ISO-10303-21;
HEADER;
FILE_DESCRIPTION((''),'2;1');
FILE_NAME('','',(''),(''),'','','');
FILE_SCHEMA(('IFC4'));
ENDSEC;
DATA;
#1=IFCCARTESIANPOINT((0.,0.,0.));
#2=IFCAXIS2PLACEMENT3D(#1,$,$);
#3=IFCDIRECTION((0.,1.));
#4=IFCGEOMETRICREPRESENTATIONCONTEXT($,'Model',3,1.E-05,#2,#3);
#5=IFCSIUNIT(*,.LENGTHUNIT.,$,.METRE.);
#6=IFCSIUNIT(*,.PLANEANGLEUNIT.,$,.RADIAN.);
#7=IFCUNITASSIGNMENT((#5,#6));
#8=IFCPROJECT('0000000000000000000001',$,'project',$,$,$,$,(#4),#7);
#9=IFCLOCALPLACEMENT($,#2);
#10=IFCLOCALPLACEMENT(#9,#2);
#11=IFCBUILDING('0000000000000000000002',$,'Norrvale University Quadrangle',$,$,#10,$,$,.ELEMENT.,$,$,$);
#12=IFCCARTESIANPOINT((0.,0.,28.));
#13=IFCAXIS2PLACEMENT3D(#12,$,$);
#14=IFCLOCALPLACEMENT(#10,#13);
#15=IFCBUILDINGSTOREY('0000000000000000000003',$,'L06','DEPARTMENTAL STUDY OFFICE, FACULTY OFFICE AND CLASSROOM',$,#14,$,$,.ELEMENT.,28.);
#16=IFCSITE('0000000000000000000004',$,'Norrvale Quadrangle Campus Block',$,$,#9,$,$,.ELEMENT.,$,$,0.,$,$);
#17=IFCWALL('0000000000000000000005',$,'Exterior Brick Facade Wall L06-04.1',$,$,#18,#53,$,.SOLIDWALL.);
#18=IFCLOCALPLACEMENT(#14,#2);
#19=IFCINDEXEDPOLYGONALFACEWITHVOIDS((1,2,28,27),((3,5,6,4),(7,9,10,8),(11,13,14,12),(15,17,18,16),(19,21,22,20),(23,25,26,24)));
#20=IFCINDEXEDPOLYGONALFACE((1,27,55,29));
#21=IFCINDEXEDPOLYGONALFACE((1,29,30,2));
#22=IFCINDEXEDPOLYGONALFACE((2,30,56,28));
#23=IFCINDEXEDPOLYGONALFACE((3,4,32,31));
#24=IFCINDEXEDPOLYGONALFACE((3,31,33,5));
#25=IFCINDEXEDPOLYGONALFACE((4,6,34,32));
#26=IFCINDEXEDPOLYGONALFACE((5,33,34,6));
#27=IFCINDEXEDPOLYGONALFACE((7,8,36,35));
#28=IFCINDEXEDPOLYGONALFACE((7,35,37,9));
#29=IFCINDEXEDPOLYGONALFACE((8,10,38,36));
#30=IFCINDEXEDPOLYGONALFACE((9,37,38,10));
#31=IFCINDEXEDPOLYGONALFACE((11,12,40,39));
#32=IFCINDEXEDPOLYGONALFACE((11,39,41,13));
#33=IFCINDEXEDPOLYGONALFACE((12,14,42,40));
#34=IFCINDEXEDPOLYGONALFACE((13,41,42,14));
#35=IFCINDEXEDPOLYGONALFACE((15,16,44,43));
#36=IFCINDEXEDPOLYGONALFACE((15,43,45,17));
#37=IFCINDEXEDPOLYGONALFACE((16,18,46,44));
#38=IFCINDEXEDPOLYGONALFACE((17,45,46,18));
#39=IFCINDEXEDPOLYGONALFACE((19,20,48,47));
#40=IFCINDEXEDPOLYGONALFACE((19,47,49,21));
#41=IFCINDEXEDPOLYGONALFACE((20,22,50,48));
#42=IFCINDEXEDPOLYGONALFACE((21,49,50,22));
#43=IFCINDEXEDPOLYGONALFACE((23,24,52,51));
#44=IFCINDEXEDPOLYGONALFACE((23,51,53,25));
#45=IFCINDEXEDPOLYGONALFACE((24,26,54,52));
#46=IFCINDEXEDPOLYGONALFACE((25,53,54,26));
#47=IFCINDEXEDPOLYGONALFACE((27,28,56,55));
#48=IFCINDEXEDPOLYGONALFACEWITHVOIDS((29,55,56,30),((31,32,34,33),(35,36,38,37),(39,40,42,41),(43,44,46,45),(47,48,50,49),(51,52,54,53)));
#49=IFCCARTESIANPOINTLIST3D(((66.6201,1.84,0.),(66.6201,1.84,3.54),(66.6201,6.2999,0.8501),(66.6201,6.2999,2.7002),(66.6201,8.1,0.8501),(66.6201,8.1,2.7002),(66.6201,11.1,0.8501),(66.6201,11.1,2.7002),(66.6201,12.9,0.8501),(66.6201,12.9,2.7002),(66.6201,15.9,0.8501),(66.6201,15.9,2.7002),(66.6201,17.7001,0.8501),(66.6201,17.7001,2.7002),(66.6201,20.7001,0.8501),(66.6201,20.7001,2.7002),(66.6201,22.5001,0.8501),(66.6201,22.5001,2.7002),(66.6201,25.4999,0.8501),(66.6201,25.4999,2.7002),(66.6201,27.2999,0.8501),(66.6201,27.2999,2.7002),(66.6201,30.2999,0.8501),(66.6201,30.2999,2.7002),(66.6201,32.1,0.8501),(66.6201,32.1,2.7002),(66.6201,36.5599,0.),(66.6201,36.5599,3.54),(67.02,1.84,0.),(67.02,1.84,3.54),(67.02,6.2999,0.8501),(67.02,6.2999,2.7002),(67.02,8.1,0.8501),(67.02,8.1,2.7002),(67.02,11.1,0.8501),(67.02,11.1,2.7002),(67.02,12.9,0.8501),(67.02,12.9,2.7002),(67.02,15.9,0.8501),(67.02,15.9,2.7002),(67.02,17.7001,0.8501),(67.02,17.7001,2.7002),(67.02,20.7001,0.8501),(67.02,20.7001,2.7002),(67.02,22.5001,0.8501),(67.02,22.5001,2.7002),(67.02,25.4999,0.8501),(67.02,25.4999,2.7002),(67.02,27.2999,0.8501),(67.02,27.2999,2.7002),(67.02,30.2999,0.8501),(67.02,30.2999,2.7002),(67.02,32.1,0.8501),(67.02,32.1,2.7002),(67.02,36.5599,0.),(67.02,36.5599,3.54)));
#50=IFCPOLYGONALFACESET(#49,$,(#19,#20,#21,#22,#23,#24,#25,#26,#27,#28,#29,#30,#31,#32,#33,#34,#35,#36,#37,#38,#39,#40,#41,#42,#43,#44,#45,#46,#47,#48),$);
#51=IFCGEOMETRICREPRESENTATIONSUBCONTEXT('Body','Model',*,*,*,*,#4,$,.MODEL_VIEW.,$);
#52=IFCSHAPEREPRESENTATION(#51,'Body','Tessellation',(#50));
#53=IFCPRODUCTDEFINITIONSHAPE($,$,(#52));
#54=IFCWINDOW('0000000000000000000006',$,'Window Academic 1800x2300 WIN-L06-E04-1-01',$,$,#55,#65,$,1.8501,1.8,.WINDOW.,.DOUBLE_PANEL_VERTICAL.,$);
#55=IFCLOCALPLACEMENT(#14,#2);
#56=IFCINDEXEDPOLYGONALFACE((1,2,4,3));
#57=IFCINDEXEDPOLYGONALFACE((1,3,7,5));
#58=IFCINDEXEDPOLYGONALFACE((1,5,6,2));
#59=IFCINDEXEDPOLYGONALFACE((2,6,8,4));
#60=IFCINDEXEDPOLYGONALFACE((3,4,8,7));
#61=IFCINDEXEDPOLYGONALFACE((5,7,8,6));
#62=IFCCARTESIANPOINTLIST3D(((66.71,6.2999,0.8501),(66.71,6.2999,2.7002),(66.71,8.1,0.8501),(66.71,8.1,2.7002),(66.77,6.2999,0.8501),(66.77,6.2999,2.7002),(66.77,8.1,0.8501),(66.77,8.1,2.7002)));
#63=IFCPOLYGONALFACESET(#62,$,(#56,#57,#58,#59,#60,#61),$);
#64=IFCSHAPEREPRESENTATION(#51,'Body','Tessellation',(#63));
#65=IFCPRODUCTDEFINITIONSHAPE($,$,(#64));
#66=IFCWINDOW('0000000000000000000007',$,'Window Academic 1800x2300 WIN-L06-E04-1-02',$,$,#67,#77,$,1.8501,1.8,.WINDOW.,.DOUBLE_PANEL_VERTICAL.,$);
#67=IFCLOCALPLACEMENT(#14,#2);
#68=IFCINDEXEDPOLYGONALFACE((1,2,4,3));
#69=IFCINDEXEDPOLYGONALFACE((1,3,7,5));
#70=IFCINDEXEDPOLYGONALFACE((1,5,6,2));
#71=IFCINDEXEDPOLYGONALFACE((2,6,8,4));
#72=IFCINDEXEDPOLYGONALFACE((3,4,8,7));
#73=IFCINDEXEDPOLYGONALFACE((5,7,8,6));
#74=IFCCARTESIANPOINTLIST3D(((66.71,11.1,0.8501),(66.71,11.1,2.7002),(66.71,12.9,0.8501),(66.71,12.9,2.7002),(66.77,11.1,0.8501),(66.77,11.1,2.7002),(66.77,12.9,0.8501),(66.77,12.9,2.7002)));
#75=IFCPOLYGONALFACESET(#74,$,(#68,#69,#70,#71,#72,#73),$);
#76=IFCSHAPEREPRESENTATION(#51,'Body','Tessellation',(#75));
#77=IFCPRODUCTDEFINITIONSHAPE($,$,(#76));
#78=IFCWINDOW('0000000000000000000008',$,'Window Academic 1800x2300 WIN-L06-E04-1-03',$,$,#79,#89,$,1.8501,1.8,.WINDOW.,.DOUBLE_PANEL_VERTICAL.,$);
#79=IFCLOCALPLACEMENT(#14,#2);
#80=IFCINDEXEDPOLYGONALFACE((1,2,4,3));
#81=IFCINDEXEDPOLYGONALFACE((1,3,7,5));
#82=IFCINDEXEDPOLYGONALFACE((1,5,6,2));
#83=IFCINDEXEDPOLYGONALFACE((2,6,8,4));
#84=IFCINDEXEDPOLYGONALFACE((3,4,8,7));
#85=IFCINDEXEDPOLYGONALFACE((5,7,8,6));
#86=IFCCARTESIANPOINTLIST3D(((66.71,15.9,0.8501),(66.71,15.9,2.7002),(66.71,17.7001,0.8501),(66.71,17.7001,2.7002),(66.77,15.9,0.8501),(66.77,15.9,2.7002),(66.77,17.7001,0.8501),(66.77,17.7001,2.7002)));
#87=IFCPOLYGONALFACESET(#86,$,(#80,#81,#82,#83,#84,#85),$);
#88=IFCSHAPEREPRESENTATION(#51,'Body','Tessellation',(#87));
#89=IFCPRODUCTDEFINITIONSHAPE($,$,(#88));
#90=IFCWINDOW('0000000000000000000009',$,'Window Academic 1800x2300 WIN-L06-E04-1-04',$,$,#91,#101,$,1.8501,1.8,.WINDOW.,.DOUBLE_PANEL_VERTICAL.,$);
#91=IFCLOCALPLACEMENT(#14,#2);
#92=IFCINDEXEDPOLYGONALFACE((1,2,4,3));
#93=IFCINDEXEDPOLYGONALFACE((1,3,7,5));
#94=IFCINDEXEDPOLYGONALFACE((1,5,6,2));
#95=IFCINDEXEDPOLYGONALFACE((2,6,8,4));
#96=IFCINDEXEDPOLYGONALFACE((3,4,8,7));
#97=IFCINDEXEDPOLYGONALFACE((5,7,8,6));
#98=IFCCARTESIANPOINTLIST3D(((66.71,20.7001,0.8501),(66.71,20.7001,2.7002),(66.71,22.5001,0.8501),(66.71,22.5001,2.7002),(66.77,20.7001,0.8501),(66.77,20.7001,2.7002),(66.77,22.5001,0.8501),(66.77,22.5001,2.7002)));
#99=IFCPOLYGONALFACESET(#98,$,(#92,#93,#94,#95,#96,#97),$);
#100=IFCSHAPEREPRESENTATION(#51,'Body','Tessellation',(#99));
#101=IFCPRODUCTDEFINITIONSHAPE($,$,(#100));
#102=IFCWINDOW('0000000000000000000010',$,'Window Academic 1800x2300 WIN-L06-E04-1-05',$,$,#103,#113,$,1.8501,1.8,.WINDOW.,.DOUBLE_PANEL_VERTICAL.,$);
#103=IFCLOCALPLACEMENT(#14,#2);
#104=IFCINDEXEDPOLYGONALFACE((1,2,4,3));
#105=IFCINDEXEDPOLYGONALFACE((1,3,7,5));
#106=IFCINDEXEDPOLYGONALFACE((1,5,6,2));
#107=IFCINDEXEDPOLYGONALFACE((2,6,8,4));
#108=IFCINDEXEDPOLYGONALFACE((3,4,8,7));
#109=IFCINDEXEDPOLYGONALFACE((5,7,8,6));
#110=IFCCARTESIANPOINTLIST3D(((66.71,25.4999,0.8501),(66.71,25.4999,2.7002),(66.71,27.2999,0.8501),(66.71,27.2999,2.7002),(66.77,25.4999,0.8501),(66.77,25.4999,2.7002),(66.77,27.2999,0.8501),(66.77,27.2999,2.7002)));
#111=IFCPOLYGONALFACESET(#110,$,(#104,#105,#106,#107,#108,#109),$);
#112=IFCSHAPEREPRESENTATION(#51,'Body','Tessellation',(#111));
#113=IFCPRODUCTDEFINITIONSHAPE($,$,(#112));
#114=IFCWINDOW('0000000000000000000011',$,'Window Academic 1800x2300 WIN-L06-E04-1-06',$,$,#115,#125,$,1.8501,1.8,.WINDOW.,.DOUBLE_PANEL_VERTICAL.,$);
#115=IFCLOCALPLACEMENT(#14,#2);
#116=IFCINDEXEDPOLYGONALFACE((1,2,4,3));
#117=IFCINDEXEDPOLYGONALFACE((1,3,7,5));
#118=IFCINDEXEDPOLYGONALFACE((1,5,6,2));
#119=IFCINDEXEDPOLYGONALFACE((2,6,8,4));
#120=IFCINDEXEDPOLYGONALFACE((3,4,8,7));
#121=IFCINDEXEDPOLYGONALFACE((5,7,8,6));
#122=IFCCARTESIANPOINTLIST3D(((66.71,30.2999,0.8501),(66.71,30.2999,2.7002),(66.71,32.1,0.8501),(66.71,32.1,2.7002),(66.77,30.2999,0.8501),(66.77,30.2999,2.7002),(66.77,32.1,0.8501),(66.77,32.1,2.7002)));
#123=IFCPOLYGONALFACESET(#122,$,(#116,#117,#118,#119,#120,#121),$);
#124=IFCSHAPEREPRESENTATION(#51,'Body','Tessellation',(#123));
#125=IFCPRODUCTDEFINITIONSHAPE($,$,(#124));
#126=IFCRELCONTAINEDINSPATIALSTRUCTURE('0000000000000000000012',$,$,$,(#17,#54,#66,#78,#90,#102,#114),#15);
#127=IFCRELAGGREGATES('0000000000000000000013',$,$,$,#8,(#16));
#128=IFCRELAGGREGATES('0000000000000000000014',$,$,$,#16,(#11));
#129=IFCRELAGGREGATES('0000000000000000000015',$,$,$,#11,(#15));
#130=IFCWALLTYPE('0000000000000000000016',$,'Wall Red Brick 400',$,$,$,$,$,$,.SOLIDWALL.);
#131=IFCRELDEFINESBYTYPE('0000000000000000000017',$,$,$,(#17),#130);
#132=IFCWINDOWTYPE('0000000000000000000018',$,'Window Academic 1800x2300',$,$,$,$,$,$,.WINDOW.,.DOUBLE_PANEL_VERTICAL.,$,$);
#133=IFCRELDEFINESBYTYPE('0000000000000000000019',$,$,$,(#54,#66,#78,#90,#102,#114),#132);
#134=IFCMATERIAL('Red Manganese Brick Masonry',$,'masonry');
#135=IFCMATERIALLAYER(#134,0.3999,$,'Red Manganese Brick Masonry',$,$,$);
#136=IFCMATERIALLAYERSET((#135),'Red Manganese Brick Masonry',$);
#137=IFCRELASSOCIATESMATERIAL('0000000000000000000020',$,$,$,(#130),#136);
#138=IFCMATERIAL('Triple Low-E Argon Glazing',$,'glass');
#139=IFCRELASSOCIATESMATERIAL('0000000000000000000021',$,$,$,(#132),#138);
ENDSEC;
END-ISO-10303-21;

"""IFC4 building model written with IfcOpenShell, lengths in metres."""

from ifc_helpers import new_model, si_unit, direction, frame, frame_2d, origin, place, context, subcontext, project, spatial, rectangle, extrude, material, layer, layer_set, type_object, element, fill, save


model = new_model("IFC4")

# Units and contexts
model_context = context("Model", 3, precision=1e-05, world=origin(), true_north=direction((0.0, 1.0)))
body_context = subcontext(model_context, "Body", "Model", "MODEL_VIEW")
ifc_project = project(units=[si_unit("LENGTHUNIT", "METRE"), si_unit("PLANEANGLEUNIT", "RADIAN")], contexts=[model_context])

# Site, building, storey
site_placement = place(None, origin())
site = spatial("IfcSite", under=ifc_project, at=site_placement, Name="Norrvale Quadrangle Campus Block", CompositionType="ELEMENT", RefElevation=0.0)
building_placement = place(site_placement, origin())
building = spatial("IfcBuilding", under=site, at=building_placement, Name="Norrvale University Quadrangle", CompositionType="ELEMENT")
storey_placement = place(building_placement, frame((0.0, 0.0, 28.0)))
storey = spatial("IfcBuildingStorey", under=building, at=storey_placement, Name="L06", Description="DEPARTMENTAL STUDY OFFICE, FACULTY OFFICE AND CLASSROOM", CompositionType="ELEMENT", Elevation=28.0)

# Shared definitions
ifc_material_1 = material(Name="Red Manganese Brick Masonry", Category="masonry")
ifc_layer_1 = layer(ifc_material_1, 0.3999, Name="Red Manganese Brick Masonry")
ifc_layer_set_1 = layer_set([ifc_layer_1], Name="Red Manganese Brick Masonry")
wall_type_1 = type_object("IfcWallType", Name="Wall Red Brick 400", PredefinedType="SOLIDWALL", material=ifc_layer_set_1)

# Wall, openings, windows
wall_1_placement = place(storey_placement, frame((66.8201, 1.8401, 0.0), z_axis=(0.0, 0.0, 1.0), x_axis=(0.0, 1.0, 0.0)))
wall_1 = element("IfcWall", 1, at=wall_1_placement, inside=storey, type_object=wall_type_1, Name="Exterior Brick Facade Wall L06-04.1", PredefinedType="SOLIDWALL", context=body_context, shape_type="SweptSolid", body=[
    extrude(rectangle(XDim=34.72, YDim=0.3999, at=frame_2d((17.3599, 0.0))), origin(), (0.0, 0.0, 1.0), 3.54),
])
opening_1_placement = place(wall_1_placement, frame((4.46, 0.0, 0.8501)))
opening_1 = element("IfcOpeningElement", 2, at=opening_1_placement, cuts=wall_1, PredefinedType="OPENING", context=body_context, shape_type="SweptSolid", body=[
    extrude(rectangle(XDim=1.8, YDim=1.8501, at=frame_2d((0.8999, 0.925))), frame((0.0, 0.2119, 0.0), z_axis=(0.0, -1.0, 0.0), x_axis=(1.0, 0.0, 0.0)), (0.0, 0.0, 1.0), 0.4238),
])
opening_2_placement = place(wall_1_placement, frame((9.26, 0.0, 0.8501)))
opening_2 = element("IfcOpeningElement", 3, at=opening_2_placement, cuts=wall_1, PredefinedType="OPENING", context=body_context, shape_type="SweptSolid", body=[
    extrude(rectangle(XDim=1.8, YDim=1.8501, at=frame_2d((0.8999, 0.925))), frame((0.0, 0.2119, 0.0), z_axis=(0.0, -1.0, 0.0), x_axis=(1.0, 0.0, 0.0)), (0.0, 0.0, 1.0), 0.4238),
])
opening_3_placement = place(wall_1_placement, frame((14.0601, 0.0, 0.8501)))
opening_3 = element("IfcOpeningElement", 4, at=opening_3_placement, cuts=wall_1, PredefinedType="OPENING", context=body_context, shape_type="SweptSolid", body=[
    extrude(rectangle(XDim=1.8, YDim=1.8501, at=frame_2d((0.8999, 0.925))), frame((0.0, 0.2119, 0.0), z_axis=(0.0, -1.0, 0.0), x_axis=(1.0, 0.0, 0.0)), (0.0, 0.0, 1.0), 0.4238),
])
opening_4_placement = place(wall_1_placement, frame((18.8601, 0.0, 0.8501)))
opening_4 = element("IfcOpeningElement", 5, at=opening_4_placement, cuts=wall_1, PredefinedType="OPENING", context=body_context, shape_type="SweptSolid", body=[
    extrude(rectangle(XDim=1.8, YDim=1.8501, at=frame_2d((0.8999, 0.925))), frame((0.0, 0.2119, 0.0), z_axis=(0.0, -1.0, 0.0), x_axis=(1.0, 0.0, 0.0)), (0.0, 0.0, 1.0), 0.4238),
])
opening_5_placement = place(wall_1_placement, frame((23.6599, 0.0, 0.8501)))
opening_5 = element("IfcOpeningElement", 6, at=opening_5_placement, cuts=wall_1, PredefinedType="OPENING", context=body_context, shape_type="SweptSolid", body=[
    extrude(rectangle(XDim=1.8, YDim=1.8501, at=frame_2d((0.8999, 0.925))), frame((0.0, 0.2119, 0.0), z_axis=(0.0, -1.0, 0.0), x_axis=(1.0, 0.0, 0.0)), (0.0, 0.0, 1.0), 0.4238),
])
opening_6_placement = place(wall_1_placement, frame((28.46, 0.0, 0.8501)))
opening_6 = element("IfcOpeningElement", 7, at=opening_6_placement, cuts=wall_1, PredefinedType="OPENING", context=body_context, shape_type="SweptSolid", body=[
    extrude(rectangle(XDim=1.8, YDim=1.8501, at=frame_2d((0.8999, 0.925))), frame((0.0, 0.2119, 0.0), z_axis=(0.0, -1.0, 0.0), x_axis=(1.0, 0.0, 0.0)), (0.0, 0.0, 1.0), 0.4238),
])
ifc_material_2 = material(Name="Triple Low-E Argon Glazing", Category="glass")
window_type = type_object("IfcWindowType", Name="Window Academic 1800x2300", PartitioningType="DOUBLE_PANEL_VERTICAL", PredefinedType="WINDOW", material=ifc_material_2)
window_1_placement = place(opening_1_placement, origin())
window_1 = element("IfcWindow", 8, at=window_1_placement, inside=storey, type_object=window_type, Name="Window Academic 1800x2300 WIN-L06-E04-1-01", OverallHeight=1.8501, OverallWidth=1.8, PartitioningType="DOUBLE_PANEL_VERTICAL", PredefinedType="WINDOW", context=body_context, shape_type="SweptSolid", body=[
    extrude(rectangle(XDim=1.8, YDim=1.8501, at=frame_2d((0.8999, 0.925))), frame((0.0, 0.1101, 0.0), z_axis=(0.0, -1.0, 0.0), x_axis=(1.0, 0.0, 0.0)), (0.0, 0.0, 1.0), 0.0601),
])
fill(opening_1, window_1)
window_2_placement = place(opening_2_placement, origin())
window_2 = element("IfcWindow", 9, at=window_2_placement, inside=storey, type_object=window_type, Name="Window Academic 1800x2300 WIN-L06-E04-1-02", OverallHeight=1.8501, OverallWidth=1.8, PartitioningType="DOUBLE_PANEL_VERTICAL", PredefinedType="WINDOW", context=body_context, shape_type="SweptSolid", body=[
    extrude(rectangle(XDim=1.8, YDim=1.8501, at=frame_2d((0.8999, 0.925))), frame((0.0, 0.1101, 0.0), z_axis=(0.0, -1.0, 0.0), x_axis=(1.0, 0.0, 0.0)), (0.0, 0.0, 1.0), 0.0601),
])
fill(opening_2, window_2)
window_3_placement = place(opening_3_placement, origin())
window_3 = element("IfcWindow", 10, at=window_3_placement, inside=storey, type_object=window_type, Name="Window Academic 1800x2300 WIN-L06-E04-1-03", OverallHeight=1.8501, OverallWidth=1.8, PartitioningType="DOUBLE_PANEL_VERTICAL", PredefinedType="WINDOW", context=body_context, shape_type="SweptSolid", body=[
    extrude(rectangle(XDim=1.8, YDim=1.8501, at=frame_2d((0.8999, 0.925))), frame((0.0, 0.1101, 0.0), z_axis=(0.0, -1.0, 0.0), x_axis=(1.0, 0.0, 0.0)), (0.0, 0.0, 1.0), 0.0601),
])
fill(opening_3, window_3)
window_4_placement = place(opening_4_placement, origin())
window_4 = element("IfcWindow", 11, at=window_4_placement, inside=storey, type_object=window_type, Name="Window Academic 1800x2300 WIN-L06-E04-1-04", OverallHeight=1.8501, OverallWidth=1.8, PartitioningType="DOUBLE_PANEL_VERTICAL", PredefinedType="WINDOW", context=body_context, shape_type="SweptSolid", body=[
    extrude(rectangle(XDim=1.8, YDim=1.8501, at=frame_2d((0.8999, 0.925))), frame((0.0, 0.1101, 0.0), z_axis=(0.0, -1.0, 0.0), x_axis=(1.0, 0.0, 0.0)), (0.0, 0.0, 1.0), 0.0601),
])
fill(opening_4, window_4)
window_5_placement = place(opening_5_placement, origin())
window_5 = element("IfcWindow", 12, at=window_5_placement, inside=storey, type_object=window_type, Name="Window Academic 1800x2300 WIN-L06-E04-1-05", OverallHeight=1.8501, OverallWidth=1.8, PartitioningType="DOUBLE_PANEL_VERTICAL", PredefinedType="WINDOW", context=body_context, shape_type="SweptSolid", body=[
    extrude(rectangle(XDim=1.8, YDim=1.8501, at=frame_2d((0.8999, 0.925))), frame((0.0, 0.1101, 0.0), z_axis=(0.0, -1.0, 0.0), x_axis=(1.0, 0.0, 0.0)), (0.0, 0.0, 1.0), 0.0601),
])
fill(opening_5, window_5)
window_6_placement = place(opening_6_placement, origin())
window_6 = element("IfcWindow", 13, at=window_6_placement, inside=storey, type_object=window_type, Name="Window Academic 1800x2300 WIN-L06-E04-1-06", OverallHeight=1.8501, OverallWidth=1.8, PartitioningType="DOUBLE_PANEL_VERTICAL", PredefinedType="WINDOW", context=body_context, shape_type="SweptSolid", body=[
    extrude(rectangle(XDim=1.8, YDim=1.8501, at=frame_2d((0.8999, 0.925))), frame((0.0, 0.1101, 0.0), z_axis=(0.0, -1.0, 0.0), x_axis=(1.0, 0.0, 0.0)), (0.0, 0.0, 1.0), 0.0601),
])
fill(opening_6, window_6)

save(model, "model.ifc")
